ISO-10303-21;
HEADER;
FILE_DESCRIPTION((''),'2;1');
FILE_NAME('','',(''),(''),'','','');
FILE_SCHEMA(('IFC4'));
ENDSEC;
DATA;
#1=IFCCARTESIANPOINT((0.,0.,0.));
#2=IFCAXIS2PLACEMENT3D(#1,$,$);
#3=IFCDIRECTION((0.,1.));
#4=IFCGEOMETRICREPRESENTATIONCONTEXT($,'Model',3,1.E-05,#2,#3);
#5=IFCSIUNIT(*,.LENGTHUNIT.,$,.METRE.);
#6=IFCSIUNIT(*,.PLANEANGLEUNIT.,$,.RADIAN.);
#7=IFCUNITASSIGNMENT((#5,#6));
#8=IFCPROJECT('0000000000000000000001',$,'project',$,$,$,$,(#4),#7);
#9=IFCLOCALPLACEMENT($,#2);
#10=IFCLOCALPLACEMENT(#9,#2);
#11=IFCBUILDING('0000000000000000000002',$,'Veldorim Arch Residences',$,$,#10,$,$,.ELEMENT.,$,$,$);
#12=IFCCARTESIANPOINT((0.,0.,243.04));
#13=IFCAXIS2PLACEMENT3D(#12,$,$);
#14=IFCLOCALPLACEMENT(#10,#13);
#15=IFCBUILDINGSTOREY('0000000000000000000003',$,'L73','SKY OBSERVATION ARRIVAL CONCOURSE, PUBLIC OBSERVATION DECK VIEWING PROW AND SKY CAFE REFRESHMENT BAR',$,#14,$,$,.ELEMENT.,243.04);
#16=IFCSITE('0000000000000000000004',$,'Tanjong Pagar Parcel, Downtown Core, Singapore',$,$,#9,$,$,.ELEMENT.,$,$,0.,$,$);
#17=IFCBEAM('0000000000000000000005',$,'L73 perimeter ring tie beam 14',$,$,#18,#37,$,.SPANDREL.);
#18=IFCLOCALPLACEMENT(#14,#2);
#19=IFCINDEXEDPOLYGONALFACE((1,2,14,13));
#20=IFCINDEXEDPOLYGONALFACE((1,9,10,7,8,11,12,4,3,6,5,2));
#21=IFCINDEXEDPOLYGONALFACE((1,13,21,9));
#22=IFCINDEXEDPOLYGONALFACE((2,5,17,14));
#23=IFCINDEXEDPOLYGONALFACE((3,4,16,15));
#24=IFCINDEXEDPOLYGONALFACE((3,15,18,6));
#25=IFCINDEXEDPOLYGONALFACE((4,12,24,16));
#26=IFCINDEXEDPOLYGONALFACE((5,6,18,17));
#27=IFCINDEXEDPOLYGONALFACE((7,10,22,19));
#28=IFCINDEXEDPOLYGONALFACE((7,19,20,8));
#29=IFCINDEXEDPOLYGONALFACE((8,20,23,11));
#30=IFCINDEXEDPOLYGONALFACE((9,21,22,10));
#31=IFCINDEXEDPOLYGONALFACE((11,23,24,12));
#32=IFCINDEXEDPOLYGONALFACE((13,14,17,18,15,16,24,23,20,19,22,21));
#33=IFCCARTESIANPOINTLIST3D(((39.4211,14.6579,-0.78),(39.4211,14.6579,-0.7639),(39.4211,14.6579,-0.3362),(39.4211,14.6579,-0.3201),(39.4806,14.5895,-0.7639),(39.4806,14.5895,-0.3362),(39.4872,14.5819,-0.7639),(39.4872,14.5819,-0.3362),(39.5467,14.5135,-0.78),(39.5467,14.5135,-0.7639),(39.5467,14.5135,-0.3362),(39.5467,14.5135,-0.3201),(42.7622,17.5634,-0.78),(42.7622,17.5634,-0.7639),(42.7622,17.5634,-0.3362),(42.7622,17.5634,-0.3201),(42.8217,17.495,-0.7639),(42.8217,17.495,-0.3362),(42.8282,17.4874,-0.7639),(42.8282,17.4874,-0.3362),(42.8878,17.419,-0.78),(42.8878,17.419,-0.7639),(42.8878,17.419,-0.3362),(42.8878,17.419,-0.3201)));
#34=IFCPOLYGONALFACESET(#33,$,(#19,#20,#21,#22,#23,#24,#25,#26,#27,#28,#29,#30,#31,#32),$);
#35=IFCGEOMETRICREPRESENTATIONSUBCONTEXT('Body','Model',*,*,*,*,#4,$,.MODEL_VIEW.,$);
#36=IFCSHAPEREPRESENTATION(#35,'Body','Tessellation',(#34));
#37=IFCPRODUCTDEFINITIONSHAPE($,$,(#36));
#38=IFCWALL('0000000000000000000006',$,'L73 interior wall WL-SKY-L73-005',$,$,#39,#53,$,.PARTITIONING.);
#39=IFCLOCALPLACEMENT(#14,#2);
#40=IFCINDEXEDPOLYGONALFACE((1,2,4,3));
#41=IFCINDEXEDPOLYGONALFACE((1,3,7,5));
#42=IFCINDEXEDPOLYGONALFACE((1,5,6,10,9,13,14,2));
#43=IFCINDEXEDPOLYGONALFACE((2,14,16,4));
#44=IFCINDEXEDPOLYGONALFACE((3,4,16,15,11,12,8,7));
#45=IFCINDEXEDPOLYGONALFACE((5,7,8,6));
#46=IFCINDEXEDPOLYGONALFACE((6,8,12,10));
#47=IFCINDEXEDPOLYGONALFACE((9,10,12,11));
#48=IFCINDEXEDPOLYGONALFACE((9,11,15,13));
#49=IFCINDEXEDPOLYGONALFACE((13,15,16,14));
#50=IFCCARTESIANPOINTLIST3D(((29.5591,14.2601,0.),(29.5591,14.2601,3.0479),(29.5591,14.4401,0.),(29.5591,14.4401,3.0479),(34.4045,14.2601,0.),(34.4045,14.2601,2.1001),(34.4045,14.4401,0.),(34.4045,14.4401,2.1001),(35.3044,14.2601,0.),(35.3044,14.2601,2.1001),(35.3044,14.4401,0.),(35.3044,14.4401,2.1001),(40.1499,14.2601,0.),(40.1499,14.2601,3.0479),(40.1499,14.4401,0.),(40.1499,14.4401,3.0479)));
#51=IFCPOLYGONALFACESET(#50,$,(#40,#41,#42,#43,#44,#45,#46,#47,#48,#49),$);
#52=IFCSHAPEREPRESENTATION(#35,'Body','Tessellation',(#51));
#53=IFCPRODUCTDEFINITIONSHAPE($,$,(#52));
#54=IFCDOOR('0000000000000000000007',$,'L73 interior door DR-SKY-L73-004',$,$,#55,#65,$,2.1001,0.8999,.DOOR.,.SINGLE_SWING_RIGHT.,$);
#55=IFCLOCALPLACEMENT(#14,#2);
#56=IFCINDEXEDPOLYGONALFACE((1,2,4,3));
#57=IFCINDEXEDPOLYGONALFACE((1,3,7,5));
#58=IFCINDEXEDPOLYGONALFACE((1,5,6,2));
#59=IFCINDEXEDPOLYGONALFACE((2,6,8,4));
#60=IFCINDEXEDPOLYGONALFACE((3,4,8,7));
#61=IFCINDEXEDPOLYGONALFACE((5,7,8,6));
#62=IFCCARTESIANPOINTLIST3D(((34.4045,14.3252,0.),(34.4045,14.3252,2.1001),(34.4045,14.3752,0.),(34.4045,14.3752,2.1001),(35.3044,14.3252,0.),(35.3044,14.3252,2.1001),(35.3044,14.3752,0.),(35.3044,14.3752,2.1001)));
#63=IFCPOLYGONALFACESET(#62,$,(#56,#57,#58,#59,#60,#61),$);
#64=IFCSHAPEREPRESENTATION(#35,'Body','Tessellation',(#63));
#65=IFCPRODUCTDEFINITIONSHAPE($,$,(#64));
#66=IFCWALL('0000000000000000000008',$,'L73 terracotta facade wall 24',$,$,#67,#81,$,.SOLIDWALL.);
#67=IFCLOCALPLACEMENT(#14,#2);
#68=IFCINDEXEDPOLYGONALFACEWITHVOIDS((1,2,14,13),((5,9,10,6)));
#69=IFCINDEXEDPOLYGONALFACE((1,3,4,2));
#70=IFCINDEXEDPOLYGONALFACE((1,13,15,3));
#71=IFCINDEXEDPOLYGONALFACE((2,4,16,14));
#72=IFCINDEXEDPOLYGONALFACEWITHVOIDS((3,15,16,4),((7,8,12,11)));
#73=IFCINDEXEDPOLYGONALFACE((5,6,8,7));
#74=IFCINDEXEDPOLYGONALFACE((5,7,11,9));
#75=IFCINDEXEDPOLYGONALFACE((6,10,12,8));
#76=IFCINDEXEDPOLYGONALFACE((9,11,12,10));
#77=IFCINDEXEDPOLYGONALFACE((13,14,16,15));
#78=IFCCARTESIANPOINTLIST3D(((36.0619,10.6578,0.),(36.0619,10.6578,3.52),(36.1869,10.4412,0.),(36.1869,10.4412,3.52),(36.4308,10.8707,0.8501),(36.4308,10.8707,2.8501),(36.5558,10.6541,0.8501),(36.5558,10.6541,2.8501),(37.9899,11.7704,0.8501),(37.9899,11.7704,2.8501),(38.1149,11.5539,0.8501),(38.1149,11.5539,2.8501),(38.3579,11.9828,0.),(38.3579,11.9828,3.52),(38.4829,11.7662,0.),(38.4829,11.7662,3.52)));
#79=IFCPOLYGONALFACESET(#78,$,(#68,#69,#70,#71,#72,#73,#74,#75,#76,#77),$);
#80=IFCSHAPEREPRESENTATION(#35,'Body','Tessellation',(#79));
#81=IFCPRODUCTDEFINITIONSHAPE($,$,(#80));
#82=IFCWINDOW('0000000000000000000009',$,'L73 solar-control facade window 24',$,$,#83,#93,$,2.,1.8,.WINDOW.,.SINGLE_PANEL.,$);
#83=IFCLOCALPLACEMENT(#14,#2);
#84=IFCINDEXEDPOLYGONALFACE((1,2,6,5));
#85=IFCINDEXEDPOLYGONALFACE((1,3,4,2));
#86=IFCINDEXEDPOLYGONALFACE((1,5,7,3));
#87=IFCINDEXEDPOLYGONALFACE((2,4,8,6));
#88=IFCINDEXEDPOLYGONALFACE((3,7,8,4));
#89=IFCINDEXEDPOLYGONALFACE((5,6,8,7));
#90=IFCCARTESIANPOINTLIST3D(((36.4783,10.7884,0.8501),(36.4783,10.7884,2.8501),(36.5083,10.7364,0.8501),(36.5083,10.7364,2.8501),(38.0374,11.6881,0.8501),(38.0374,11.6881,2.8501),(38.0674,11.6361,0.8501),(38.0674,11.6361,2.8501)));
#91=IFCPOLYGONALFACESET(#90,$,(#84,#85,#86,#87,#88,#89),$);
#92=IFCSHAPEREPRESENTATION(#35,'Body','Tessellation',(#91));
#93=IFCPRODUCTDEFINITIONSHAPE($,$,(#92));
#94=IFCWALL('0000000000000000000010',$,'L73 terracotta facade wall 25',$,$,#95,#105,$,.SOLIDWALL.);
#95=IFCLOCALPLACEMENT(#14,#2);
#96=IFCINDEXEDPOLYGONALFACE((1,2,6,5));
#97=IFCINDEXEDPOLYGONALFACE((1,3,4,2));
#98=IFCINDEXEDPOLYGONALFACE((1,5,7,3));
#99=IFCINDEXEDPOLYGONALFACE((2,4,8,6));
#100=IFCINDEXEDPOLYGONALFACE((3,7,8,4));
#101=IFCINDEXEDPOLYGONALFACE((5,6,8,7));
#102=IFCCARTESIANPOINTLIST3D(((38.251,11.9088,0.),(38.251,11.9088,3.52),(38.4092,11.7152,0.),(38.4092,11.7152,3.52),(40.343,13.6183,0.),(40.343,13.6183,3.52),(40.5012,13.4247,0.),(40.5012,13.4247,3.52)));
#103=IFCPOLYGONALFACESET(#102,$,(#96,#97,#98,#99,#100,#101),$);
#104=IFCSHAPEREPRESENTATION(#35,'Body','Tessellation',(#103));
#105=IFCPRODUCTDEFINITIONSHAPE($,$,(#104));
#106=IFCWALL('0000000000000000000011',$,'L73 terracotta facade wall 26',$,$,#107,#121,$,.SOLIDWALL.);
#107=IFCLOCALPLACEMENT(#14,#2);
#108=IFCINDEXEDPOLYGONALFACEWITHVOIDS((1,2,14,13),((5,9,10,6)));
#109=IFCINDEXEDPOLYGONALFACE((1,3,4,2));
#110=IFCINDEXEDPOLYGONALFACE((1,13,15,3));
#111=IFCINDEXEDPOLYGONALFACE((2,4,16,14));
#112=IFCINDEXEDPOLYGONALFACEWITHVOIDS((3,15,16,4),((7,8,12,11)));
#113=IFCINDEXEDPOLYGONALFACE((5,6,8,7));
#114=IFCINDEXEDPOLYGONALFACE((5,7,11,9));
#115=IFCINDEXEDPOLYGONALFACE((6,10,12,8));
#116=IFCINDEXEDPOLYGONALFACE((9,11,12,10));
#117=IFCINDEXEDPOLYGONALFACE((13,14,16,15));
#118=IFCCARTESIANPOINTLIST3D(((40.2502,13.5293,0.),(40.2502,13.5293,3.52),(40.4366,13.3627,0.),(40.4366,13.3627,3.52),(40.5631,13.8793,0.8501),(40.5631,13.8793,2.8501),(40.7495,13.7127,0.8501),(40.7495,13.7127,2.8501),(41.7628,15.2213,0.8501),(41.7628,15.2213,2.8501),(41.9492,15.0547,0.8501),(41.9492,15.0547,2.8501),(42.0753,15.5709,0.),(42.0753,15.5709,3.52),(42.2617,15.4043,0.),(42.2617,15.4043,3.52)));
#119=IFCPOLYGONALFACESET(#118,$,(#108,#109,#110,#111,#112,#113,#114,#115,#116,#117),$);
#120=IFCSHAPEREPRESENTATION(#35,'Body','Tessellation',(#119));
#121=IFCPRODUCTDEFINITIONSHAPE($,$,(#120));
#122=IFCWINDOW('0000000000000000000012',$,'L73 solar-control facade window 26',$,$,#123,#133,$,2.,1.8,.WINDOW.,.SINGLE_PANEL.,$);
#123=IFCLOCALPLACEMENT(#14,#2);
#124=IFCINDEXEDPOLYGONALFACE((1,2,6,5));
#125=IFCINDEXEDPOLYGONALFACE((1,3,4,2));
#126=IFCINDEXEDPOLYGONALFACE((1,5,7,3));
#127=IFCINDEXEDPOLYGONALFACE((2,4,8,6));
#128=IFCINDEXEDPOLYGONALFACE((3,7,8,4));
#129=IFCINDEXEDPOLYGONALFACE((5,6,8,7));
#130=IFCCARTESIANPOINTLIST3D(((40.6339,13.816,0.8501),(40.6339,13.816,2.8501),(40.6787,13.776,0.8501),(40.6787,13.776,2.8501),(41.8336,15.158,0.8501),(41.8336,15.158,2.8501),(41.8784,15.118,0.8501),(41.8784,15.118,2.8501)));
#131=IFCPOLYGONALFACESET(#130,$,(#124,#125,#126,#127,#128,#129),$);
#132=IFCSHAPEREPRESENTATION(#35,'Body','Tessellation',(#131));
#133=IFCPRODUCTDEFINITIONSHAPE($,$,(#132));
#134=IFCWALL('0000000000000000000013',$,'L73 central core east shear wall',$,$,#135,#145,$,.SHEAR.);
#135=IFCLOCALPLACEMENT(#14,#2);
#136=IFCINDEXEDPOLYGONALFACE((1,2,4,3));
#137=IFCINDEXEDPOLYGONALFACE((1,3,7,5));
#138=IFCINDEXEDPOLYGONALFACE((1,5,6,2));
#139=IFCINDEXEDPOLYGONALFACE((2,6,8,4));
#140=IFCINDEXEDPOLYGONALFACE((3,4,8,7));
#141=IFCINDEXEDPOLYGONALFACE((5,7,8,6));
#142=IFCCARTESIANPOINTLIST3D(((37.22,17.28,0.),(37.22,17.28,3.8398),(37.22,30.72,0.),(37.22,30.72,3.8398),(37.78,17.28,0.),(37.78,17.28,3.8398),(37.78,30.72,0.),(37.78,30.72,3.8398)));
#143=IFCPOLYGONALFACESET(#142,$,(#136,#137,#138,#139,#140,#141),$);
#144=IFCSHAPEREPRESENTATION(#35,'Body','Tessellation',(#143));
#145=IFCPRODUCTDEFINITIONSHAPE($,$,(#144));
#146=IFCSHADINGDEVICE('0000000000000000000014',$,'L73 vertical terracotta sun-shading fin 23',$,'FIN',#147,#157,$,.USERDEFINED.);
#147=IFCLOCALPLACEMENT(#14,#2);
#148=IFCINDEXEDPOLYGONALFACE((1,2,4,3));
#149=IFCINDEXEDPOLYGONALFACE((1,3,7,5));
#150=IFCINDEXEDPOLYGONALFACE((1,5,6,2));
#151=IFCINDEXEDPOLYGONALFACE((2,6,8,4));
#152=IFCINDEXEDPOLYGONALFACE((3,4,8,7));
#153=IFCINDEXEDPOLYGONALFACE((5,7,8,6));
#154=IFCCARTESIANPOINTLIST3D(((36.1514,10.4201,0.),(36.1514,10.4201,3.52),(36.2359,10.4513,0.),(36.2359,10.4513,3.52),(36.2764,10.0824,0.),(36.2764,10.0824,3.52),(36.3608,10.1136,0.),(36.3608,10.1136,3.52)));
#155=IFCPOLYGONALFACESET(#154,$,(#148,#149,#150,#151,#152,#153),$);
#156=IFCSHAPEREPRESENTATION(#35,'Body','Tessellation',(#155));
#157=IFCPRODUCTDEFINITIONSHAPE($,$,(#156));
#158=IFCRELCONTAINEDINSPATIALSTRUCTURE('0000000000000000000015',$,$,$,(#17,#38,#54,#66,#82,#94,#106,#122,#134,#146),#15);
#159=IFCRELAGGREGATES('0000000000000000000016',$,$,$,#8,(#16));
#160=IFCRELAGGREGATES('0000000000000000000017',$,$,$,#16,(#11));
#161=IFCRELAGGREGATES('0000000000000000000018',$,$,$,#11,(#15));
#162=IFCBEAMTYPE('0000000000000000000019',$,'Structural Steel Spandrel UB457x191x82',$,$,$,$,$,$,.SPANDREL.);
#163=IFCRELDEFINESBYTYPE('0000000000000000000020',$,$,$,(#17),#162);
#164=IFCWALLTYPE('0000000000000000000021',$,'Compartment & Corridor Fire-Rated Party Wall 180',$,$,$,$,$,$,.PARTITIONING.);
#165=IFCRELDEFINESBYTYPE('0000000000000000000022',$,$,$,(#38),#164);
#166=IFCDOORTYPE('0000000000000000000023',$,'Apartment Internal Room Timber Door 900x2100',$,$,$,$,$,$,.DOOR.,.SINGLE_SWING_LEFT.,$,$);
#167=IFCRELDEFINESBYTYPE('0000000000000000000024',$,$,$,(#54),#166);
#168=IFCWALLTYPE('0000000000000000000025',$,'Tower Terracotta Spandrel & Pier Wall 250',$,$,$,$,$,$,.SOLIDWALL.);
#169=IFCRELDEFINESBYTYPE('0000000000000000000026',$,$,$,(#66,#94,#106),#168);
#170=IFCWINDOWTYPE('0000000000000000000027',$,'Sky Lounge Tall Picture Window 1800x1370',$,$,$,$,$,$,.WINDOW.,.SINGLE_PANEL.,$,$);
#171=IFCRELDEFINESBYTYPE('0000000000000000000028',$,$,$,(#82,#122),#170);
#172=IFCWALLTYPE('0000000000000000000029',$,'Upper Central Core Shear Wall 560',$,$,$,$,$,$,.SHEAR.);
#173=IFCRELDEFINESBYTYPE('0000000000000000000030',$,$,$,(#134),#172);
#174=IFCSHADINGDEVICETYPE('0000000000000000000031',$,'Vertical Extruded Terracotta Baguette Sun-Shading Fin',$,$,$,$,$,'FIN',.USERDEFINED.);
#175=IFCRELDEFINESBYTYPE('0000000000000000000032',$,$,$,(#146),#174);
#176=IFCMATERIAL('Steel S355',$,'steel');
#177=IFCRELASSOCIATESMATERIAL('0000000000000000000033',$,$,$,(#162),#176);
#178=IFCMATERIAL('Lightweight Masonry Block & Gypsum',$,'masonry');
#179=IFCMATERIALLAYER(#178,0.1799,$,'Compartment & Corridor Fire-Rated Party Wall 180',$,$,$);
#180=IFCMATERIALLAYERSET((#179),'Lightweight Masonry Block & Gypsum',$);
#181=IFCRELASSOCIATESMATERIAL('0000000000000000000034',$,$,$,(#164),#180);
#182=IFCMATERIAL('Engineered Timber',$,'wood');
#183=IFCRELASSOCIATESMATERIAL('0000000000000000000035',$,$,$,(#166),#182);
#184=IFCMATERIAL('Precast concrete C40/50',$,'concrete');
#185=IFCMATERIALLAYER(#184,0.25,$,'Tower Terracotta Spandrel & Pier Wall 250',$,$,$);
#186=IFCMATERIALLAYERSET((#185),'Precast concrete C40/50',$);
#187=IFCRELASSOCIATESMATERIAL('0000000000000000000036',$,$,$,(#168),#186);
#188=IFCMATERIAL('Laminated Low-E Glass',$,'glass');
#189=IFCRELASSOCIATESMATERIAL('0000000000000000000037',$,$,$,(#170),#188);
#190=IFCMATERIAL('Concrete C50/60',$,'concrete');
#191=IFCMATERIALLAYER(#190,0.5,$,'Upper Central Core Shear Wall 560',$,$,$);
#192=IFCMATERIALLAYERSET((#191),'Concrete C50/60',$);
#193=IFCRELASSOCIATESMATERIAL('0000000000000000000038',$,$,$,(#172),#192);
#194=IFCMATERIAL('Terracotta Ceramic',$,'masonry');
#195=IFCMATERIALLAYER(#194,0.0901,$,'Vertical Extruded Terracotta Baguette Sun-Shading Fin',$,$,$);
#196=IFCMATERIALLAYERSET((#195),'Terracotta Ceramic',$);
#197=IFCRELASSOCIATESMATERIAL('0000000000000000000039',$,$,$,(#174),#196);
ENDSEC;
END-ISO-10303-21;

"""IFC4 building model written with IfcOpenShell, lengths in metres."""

from ifc_helpers import new_model, si_unit, direction, frame, frame_2d, origin, origin_2d, place, context, subcontext, project, spatial, rectangle, i_section, extrude, material, layer, layer_set, material_profile, profile_set, type_object, element, fill, save


model = new_model("IFC4")

# Units and contexts
model_context = context("Model", 3, precision=1e-05, world=origin(), true_north=direction((0.0, 1.0)))
body_context = subcontext(model_context, "Body", "Model", "MODEL_VIEW")
ifc_project = project(units=[si_unit("LENGTHUNIT", "METRE"), si_unit("PLANEANGLEUNIT", "RADIAN")], contexts=[model_context])

# Site, building, storey
site_placement = place(None, origin())
site = spatial("IfcSite", under=ifc_project, at=site_placement, Name="Tanjong Pagar Parcel, Downtown Core, Singapore", CompositionType="ELEMENT", RefElevation=0.0)
building_placement = place(site_placement, origin())
building = spatial("IfcBuilding", under=site, at=building_placement, Name="Veldorim Arch Residences", CompositionType="ELEMENT")
storey_placement = place(building_placement, frame((0.0, 0.0, 243.04)))
storey = spatial("IfcBuildingStorey", under=building, at=storey_placement, Name="L73", Description="SKY OBSERVATION ARRIVAL CONCOURSE, PUBLIC OBSERVATION DECK VIEWING PROW AND SKY CAFE REFRESHMENT BAR", CompositionType="ELEMENT", Elevation=243.04)

# Beam
ifc_material_1 = material(Name="Steel S355", Category="steel")
ifc_material_profile_1 = material_profile(ifc_material_1, i_section(OverallWidth=0.1914, OverallDepth=0.46, WebThickness=0.01, FlangeThickness=0.0161, at=origin_2d()), Name="UB457x191x82")
ifc_profile_set_1 = profile_set([ifc_material_profile_1], Name="Steel S355")
beam_type_1 = type_object("IfcBeamType", Name="Structural Steel Spandrel UB457x191x82", PredefinedType="SPANDREL", material=ifc_profile_set_1)
beam_1_placement = place(storey_placement, frame((39.4839, 14.5857, -0.55), z_axis=(0.754578, 0.65621, 0.0), x_axis=(-0.65621, 0.754578, 0.0)))
element("IfcBeam", 1, at=beam_1_placement, inside=storey, type_object=beam_type_1, Name="L73 perimeter ring tie beam 14", PredefinedType="SPANDREL", context=body_context, shape_type="SweptSolid", body=[
    extrude(i_section(OverallWidth=0.1914, OverallDepth=0.46, WebThickness=0.01, FlangeThickness=0.0161, at=origin_2d()), origin(), (0.0, 0.0, 1.0), 4.4277),
])

# Wall, opening, door
ifc_material_2 = material(Name="Lightweight Masonry Block & Gypsum", Category="masonry")
ifc_layer_1 = layer(ifc_material_2, 0.1799, Name="Compartment & Corridor Fire-Rated Party Wall 180")
ifc_layer_set_1 = layer_set([ifc_layer_1], Name="Lightweight Masonry Block & Gypsum")
wall_type_1 = type_object("IfcWallType", Name="Compartment & Corridor Fire-Rated Party Wall 180", PredefinedType="PARTITIONING", material=ifc_layer_set_1)
wall_1_placement = place(storey_placement, frame((40.1499, 14.3501, 0.0), z_axis=(0.0, 0.0, 1.0), x_axis=(-1.0, 0.0, 0.0)))
wall_1 = element("IfcWall", 2, at=wall_1_placement, inside=storey, type_object=wall_type_1, Name="L73 interior wall WL-SKY-L73-005", PredefinedType="PARTITIONING", context=body_context, shape_type="SweptSolid", body=[
    extrude(rectangle(XDim=10.5908, YDim=0.1799, at=frame_2d((5.2954, 0.0))), origin(), (0.0, 0.0, 1.0), 3.0479),
])
opening_1_placement = place(wall_1_placement, frame((4.8455, 0.0, 0.0)))
opening_1 = element("IfcOpeningElement", 3, at=opening_1_placement, cuts=wall_1, PredefinedType="OPENING", context=body_context, shape_type="SweptSolid", body=[
    extrude(rectangle(XDim=0.8999, YDim=2.1001, at=frame_2d((0.45, 1.05))), frame((0.0, 0.0999, 0.0), z_axis=(0.0, -1.0, 0.0), x_axis=(1.0, 0.0, 0.0)), (0.0, 0.0, 1.0), 0.2),
])
ifc_material_3 = material(Name="Engineered Timber", Category="wood")
door_type = type_object("IfcDoorType", Name="Apartment Internal Room Timber Door 900x2100", OperationType="SINGLE_SWING_LEFT", PredefinedType="DOOR", material=ifc_material_3)
door_placement = place(opening_1_placement, origin())
door = element("IfcDoor", 4, at=door_placement, inside=storey, type_object=door_type, Name="L73 interior door DR-SKY-L73-004", OperationType="SINGLE_SWING_RIGHT", OverallHeight=2.1001, OverallWidth=0.8999, PredefinedType="DOOR", context=body_context, shape_type="SweptSolid", body=[
    extrude(rectangle(XDim=0.8999, YDim=2.1001, at=frame_2d((0.45, 1.05))), frame((0.0, 0.0249, 0.0), z_axis=(0.0, -1.0, 0.0), x_axis=(1.0, 0.0, 0.0)), (0.0, 0.0, 1.0), 0.05),
])
fill(opening_1, door)

# Wall, opening, window
ifc_material_4 = material(Name="Precast concrete C40/50", Category="concrete")
ifc_layer_2 = layer(ifc_material_4, 0.25, Name="Tower Terracotta Spandrel & Pier Wall 250")
ifc_layer_set_2 = layer_set([ifc_layer_2], Name="Precast concrete C40/50")
wall_type_2 = type_object("IfcWallType", Name="Tower Terracotta Spandrel & Pier Wall 250", PredefinedType="SOLIDWALL", material=ifc_layer_set_2)
wall_2_placement = place(storey_placement, frame((38.4204, 11.8745, 0.0), z_axis=(0.0, 0.0, 1.0), x_axis=(-0.866121, -0.499834, 0.0)))
wall_2 = element("IfcWall", 5, at=wall_2_placement, inside=storey, type_object=wall_type_2, Name="L73 terracotta facade wall 24", PredefinedType="SOLIDWALL", context=body_context, shape_type="SweptSolid", body=[
    extrude(rectangle(XDim=2.6509, YDim=0.25, at=frame_2d((1.3254, 0.0))), origin(), (0.0, 0.0, 1.0), 3.52),
])
opening_2_placement = place(wall_2_placement, frame((0.425, 0.0, 0.8501)))
opening_2 = element("IfcOpeningElement", 6, at=opening_2_placement, cuts=wall_2, PredefinedType="OPENING", context=body_context, shape_type="SweptSolid", body=[
    extrude(rectangle(XDim=1.8, YDim=2.0, at=frame_2d((0.8999, 1.0))), frame((0.0, 0.135, 0.0), z_axis=(0.0, -1.0, 0.0), x_axis=(1.0, 0.0, 0.0)), (0.0, 0.0, 1.0), 0.27),
])
ifc_material_5 = material(Name="Laminated Low-E Glass", Category="glass")
window_type = type_object("IfcWindowType", Name="Sky Lounge Tall Picture Window 1800x1370", PartitioningType="SINGLE_PANEL", PredefinedType="WINDOW", material=ifc_material_5)
window_1_placement = place(opening_2_placement, origin())
window_1 = element("IfcWindow", 7, at=window_1_placement, inside=storey, type_object=window_type, Name="L73 solar-control facade window 24", OverallHeight=2.0, OverallWidth=1.8, PartitioningType="SINGLE_PANEL", PredefinedType="WINDOW", context=body_context, shape_type="SweptSolid", body=[
    extrude(rectangle(XDim=1.8, YDim=2.0, at=frame_2d((0.8999, 1.0))), frame((0.0, 0.03, 0.0), z_axis=(0.0, -1.0, 0.0), x_axis=(1.0, 0.0, 0.0)), (0.0, 0.0, 1.0), 0.0601),
])
fill(opening_2, window_1)

# Wall
wall_3_placement = place(storey_placement, frame((40.4221, 13.5215, 0.0), z_axis=(0.0, 0.0, 1.0), x_axis=(-0.774356, -0.63275, 0.0)))
element("IfcWall", 8, at=wall_3_placement, inside=storey, type_object=wall_type_2, Name="L73 terracotta facade wall 25", PredefinedType="SOLIDWALL", context=body_context, shape_type="SweptSolid", body=[
    extrude(rectangle(XDim=2.7017, YDim=0.25, at=frame_2d((1.3508, 0.0))), origin(), (0.0, 0.0, 1.0), 3.52),
])

# Wall, opening, window
wall_4_placement = place(storey_placement, frame((42.1685, 15.4875, 0.0), z_axis=(0.0, 0.0, 1.0), x_axis=(-0.666464, -0.745537, 0.0)))
wall_4 = element("IfcWall", 9, at=wall_4_placement, inside=storey, type_object=wall_type_2, Name="L73 terracotta facade wall 26", PredefinedType="SOLIDWALL", context=body_context, shape_type="SweptSolid", body=[
    extrude(rectangle(XDim=2.7385, YDim=0.25, at=frame_2d((1.3691, 0.0))), origin(), (0.0, 0.0, 1.0), 3.52),
])
opening_3_placement = place(wall_4_placement, frame((0.469, 0.0, 0.8501)))
opening_3 = element("IfcOpeningElement", 10, at=opening_3_placement, cuts=wall_4, PredefinedType="OPENING", context=body_context, shape_type="SweptSolid", body=[
    extrude(rectangle(XDim=1.8, YDim=2.0, at=frame_2d((0.8999, 1.0))), frame((0.0, 0.135, 0.0), z_axis=(0.0, -1.0, 0.0), x_axis=(1.0, 0.0, 0.0)), (0.0, 0.0, 1.0), 0.27),
])
window_2_placement = place(opening_3_placement, origin())
window_2 = element("IfcWindow", 11, at=window_2_placement, inside=storey, type_object=window_type, Name="L73 solar-control facade window 26", OverallHeight=2.0, OverallWidth=1.8, PartitioningType="SINGLE_PANEL", PredefinedType="WINDOW", context=body_context, shape_type="SweptSolid", body=[
    extrude(rectangle(XDim=1.8, YDim=2.0, at=frame_2d((0.8999, 1.0))), frame((0.0, 0.03, 0.0), z_axis=(0.0, -1.0, 0.0), x_axis=(1.0, 0.0, 0.0)), (0.0, 0.0, 1.0), 0.0601),
])
fill(opening_3, window_2)

# Wall
ifc_material_6 = material(Name="Concrete C50/60", Category="concrete")
ifc_layer_3 = layer(ifc_material_6, 0.5, Name="Upper Central Core Shear Wall 560")
ifc_layer_set_3 = layer_set([ifc_layer_3], Name="Concrete C50/60")
wall_type_3 = type_object("IfcWallType", Name="Upper Central Core Shear Wall 560", PredefinedType="SHEAR", material=ifc_layer_set_3)
wall_5_placement = place(storey_placement, frame((37.5, 17.28, 0.0), z_axis=(0.0, 0.0, 1.0), x_axis=(0.0, 1.0, 0.0)))
element("IfcWall", 12, at=wall_5_placement, inside=storey, type_object=wall_type_3, Name="L73 central core east shear wall", PredefinedType="SHEAR", context=body_context, shape_type="SweptSolid", body=[
    extrude(rectangle(XDim=13.4399, YDim=0.5601, at=frame_2d((6.72, 0.0))), origin(), (0.0, 0.0, 1.0), 3.8398),
])

# Shading device
ifc_material_7 = material(Name="Terracotta Ceramic", Category="masonry")
ifc_layer_4 = layer(ifc_material_7, 0.0901, Name="Vertical Extruded Terracotta Baguette Sun-Shading Fin")
ifc_layer_set_4 = layer_set([ifc_layer_4], Name="Terracotta Ceramic")
shading_device_type = type_object("IfcShadingDeviceType", Name="Vertical Extruded Terracotta Baguette Sun-Shading Fin", ElementType="FIN", PredefinedType="USERDEFINED", material=ifc_layer_set_4)
shading_device_placement = place(storey_placement, frame((36.2561, 10.2668, 0.0), z_axis=(0.0, 0.0, 1.0), x_axis=(-0.937828, -0.347099, 0.0)))
element("IfcShadingDevice", 13, at=shading_device_placement, inside=storey, type_object=shading_device_type, Name="L73 vertical terracotta sun-shading fin 23", ObjectType="FIN", PredefinedType="USERDEFINED", context=body_context, shape_type="SweptSolid", body=[
    extrude(rectangle(XDim=0.0901, YDim=0.3601, at=origin_2d()), origin(), (0.0, 0.0, 1.0), 3.52),
])

save(model, "model.ifc")
